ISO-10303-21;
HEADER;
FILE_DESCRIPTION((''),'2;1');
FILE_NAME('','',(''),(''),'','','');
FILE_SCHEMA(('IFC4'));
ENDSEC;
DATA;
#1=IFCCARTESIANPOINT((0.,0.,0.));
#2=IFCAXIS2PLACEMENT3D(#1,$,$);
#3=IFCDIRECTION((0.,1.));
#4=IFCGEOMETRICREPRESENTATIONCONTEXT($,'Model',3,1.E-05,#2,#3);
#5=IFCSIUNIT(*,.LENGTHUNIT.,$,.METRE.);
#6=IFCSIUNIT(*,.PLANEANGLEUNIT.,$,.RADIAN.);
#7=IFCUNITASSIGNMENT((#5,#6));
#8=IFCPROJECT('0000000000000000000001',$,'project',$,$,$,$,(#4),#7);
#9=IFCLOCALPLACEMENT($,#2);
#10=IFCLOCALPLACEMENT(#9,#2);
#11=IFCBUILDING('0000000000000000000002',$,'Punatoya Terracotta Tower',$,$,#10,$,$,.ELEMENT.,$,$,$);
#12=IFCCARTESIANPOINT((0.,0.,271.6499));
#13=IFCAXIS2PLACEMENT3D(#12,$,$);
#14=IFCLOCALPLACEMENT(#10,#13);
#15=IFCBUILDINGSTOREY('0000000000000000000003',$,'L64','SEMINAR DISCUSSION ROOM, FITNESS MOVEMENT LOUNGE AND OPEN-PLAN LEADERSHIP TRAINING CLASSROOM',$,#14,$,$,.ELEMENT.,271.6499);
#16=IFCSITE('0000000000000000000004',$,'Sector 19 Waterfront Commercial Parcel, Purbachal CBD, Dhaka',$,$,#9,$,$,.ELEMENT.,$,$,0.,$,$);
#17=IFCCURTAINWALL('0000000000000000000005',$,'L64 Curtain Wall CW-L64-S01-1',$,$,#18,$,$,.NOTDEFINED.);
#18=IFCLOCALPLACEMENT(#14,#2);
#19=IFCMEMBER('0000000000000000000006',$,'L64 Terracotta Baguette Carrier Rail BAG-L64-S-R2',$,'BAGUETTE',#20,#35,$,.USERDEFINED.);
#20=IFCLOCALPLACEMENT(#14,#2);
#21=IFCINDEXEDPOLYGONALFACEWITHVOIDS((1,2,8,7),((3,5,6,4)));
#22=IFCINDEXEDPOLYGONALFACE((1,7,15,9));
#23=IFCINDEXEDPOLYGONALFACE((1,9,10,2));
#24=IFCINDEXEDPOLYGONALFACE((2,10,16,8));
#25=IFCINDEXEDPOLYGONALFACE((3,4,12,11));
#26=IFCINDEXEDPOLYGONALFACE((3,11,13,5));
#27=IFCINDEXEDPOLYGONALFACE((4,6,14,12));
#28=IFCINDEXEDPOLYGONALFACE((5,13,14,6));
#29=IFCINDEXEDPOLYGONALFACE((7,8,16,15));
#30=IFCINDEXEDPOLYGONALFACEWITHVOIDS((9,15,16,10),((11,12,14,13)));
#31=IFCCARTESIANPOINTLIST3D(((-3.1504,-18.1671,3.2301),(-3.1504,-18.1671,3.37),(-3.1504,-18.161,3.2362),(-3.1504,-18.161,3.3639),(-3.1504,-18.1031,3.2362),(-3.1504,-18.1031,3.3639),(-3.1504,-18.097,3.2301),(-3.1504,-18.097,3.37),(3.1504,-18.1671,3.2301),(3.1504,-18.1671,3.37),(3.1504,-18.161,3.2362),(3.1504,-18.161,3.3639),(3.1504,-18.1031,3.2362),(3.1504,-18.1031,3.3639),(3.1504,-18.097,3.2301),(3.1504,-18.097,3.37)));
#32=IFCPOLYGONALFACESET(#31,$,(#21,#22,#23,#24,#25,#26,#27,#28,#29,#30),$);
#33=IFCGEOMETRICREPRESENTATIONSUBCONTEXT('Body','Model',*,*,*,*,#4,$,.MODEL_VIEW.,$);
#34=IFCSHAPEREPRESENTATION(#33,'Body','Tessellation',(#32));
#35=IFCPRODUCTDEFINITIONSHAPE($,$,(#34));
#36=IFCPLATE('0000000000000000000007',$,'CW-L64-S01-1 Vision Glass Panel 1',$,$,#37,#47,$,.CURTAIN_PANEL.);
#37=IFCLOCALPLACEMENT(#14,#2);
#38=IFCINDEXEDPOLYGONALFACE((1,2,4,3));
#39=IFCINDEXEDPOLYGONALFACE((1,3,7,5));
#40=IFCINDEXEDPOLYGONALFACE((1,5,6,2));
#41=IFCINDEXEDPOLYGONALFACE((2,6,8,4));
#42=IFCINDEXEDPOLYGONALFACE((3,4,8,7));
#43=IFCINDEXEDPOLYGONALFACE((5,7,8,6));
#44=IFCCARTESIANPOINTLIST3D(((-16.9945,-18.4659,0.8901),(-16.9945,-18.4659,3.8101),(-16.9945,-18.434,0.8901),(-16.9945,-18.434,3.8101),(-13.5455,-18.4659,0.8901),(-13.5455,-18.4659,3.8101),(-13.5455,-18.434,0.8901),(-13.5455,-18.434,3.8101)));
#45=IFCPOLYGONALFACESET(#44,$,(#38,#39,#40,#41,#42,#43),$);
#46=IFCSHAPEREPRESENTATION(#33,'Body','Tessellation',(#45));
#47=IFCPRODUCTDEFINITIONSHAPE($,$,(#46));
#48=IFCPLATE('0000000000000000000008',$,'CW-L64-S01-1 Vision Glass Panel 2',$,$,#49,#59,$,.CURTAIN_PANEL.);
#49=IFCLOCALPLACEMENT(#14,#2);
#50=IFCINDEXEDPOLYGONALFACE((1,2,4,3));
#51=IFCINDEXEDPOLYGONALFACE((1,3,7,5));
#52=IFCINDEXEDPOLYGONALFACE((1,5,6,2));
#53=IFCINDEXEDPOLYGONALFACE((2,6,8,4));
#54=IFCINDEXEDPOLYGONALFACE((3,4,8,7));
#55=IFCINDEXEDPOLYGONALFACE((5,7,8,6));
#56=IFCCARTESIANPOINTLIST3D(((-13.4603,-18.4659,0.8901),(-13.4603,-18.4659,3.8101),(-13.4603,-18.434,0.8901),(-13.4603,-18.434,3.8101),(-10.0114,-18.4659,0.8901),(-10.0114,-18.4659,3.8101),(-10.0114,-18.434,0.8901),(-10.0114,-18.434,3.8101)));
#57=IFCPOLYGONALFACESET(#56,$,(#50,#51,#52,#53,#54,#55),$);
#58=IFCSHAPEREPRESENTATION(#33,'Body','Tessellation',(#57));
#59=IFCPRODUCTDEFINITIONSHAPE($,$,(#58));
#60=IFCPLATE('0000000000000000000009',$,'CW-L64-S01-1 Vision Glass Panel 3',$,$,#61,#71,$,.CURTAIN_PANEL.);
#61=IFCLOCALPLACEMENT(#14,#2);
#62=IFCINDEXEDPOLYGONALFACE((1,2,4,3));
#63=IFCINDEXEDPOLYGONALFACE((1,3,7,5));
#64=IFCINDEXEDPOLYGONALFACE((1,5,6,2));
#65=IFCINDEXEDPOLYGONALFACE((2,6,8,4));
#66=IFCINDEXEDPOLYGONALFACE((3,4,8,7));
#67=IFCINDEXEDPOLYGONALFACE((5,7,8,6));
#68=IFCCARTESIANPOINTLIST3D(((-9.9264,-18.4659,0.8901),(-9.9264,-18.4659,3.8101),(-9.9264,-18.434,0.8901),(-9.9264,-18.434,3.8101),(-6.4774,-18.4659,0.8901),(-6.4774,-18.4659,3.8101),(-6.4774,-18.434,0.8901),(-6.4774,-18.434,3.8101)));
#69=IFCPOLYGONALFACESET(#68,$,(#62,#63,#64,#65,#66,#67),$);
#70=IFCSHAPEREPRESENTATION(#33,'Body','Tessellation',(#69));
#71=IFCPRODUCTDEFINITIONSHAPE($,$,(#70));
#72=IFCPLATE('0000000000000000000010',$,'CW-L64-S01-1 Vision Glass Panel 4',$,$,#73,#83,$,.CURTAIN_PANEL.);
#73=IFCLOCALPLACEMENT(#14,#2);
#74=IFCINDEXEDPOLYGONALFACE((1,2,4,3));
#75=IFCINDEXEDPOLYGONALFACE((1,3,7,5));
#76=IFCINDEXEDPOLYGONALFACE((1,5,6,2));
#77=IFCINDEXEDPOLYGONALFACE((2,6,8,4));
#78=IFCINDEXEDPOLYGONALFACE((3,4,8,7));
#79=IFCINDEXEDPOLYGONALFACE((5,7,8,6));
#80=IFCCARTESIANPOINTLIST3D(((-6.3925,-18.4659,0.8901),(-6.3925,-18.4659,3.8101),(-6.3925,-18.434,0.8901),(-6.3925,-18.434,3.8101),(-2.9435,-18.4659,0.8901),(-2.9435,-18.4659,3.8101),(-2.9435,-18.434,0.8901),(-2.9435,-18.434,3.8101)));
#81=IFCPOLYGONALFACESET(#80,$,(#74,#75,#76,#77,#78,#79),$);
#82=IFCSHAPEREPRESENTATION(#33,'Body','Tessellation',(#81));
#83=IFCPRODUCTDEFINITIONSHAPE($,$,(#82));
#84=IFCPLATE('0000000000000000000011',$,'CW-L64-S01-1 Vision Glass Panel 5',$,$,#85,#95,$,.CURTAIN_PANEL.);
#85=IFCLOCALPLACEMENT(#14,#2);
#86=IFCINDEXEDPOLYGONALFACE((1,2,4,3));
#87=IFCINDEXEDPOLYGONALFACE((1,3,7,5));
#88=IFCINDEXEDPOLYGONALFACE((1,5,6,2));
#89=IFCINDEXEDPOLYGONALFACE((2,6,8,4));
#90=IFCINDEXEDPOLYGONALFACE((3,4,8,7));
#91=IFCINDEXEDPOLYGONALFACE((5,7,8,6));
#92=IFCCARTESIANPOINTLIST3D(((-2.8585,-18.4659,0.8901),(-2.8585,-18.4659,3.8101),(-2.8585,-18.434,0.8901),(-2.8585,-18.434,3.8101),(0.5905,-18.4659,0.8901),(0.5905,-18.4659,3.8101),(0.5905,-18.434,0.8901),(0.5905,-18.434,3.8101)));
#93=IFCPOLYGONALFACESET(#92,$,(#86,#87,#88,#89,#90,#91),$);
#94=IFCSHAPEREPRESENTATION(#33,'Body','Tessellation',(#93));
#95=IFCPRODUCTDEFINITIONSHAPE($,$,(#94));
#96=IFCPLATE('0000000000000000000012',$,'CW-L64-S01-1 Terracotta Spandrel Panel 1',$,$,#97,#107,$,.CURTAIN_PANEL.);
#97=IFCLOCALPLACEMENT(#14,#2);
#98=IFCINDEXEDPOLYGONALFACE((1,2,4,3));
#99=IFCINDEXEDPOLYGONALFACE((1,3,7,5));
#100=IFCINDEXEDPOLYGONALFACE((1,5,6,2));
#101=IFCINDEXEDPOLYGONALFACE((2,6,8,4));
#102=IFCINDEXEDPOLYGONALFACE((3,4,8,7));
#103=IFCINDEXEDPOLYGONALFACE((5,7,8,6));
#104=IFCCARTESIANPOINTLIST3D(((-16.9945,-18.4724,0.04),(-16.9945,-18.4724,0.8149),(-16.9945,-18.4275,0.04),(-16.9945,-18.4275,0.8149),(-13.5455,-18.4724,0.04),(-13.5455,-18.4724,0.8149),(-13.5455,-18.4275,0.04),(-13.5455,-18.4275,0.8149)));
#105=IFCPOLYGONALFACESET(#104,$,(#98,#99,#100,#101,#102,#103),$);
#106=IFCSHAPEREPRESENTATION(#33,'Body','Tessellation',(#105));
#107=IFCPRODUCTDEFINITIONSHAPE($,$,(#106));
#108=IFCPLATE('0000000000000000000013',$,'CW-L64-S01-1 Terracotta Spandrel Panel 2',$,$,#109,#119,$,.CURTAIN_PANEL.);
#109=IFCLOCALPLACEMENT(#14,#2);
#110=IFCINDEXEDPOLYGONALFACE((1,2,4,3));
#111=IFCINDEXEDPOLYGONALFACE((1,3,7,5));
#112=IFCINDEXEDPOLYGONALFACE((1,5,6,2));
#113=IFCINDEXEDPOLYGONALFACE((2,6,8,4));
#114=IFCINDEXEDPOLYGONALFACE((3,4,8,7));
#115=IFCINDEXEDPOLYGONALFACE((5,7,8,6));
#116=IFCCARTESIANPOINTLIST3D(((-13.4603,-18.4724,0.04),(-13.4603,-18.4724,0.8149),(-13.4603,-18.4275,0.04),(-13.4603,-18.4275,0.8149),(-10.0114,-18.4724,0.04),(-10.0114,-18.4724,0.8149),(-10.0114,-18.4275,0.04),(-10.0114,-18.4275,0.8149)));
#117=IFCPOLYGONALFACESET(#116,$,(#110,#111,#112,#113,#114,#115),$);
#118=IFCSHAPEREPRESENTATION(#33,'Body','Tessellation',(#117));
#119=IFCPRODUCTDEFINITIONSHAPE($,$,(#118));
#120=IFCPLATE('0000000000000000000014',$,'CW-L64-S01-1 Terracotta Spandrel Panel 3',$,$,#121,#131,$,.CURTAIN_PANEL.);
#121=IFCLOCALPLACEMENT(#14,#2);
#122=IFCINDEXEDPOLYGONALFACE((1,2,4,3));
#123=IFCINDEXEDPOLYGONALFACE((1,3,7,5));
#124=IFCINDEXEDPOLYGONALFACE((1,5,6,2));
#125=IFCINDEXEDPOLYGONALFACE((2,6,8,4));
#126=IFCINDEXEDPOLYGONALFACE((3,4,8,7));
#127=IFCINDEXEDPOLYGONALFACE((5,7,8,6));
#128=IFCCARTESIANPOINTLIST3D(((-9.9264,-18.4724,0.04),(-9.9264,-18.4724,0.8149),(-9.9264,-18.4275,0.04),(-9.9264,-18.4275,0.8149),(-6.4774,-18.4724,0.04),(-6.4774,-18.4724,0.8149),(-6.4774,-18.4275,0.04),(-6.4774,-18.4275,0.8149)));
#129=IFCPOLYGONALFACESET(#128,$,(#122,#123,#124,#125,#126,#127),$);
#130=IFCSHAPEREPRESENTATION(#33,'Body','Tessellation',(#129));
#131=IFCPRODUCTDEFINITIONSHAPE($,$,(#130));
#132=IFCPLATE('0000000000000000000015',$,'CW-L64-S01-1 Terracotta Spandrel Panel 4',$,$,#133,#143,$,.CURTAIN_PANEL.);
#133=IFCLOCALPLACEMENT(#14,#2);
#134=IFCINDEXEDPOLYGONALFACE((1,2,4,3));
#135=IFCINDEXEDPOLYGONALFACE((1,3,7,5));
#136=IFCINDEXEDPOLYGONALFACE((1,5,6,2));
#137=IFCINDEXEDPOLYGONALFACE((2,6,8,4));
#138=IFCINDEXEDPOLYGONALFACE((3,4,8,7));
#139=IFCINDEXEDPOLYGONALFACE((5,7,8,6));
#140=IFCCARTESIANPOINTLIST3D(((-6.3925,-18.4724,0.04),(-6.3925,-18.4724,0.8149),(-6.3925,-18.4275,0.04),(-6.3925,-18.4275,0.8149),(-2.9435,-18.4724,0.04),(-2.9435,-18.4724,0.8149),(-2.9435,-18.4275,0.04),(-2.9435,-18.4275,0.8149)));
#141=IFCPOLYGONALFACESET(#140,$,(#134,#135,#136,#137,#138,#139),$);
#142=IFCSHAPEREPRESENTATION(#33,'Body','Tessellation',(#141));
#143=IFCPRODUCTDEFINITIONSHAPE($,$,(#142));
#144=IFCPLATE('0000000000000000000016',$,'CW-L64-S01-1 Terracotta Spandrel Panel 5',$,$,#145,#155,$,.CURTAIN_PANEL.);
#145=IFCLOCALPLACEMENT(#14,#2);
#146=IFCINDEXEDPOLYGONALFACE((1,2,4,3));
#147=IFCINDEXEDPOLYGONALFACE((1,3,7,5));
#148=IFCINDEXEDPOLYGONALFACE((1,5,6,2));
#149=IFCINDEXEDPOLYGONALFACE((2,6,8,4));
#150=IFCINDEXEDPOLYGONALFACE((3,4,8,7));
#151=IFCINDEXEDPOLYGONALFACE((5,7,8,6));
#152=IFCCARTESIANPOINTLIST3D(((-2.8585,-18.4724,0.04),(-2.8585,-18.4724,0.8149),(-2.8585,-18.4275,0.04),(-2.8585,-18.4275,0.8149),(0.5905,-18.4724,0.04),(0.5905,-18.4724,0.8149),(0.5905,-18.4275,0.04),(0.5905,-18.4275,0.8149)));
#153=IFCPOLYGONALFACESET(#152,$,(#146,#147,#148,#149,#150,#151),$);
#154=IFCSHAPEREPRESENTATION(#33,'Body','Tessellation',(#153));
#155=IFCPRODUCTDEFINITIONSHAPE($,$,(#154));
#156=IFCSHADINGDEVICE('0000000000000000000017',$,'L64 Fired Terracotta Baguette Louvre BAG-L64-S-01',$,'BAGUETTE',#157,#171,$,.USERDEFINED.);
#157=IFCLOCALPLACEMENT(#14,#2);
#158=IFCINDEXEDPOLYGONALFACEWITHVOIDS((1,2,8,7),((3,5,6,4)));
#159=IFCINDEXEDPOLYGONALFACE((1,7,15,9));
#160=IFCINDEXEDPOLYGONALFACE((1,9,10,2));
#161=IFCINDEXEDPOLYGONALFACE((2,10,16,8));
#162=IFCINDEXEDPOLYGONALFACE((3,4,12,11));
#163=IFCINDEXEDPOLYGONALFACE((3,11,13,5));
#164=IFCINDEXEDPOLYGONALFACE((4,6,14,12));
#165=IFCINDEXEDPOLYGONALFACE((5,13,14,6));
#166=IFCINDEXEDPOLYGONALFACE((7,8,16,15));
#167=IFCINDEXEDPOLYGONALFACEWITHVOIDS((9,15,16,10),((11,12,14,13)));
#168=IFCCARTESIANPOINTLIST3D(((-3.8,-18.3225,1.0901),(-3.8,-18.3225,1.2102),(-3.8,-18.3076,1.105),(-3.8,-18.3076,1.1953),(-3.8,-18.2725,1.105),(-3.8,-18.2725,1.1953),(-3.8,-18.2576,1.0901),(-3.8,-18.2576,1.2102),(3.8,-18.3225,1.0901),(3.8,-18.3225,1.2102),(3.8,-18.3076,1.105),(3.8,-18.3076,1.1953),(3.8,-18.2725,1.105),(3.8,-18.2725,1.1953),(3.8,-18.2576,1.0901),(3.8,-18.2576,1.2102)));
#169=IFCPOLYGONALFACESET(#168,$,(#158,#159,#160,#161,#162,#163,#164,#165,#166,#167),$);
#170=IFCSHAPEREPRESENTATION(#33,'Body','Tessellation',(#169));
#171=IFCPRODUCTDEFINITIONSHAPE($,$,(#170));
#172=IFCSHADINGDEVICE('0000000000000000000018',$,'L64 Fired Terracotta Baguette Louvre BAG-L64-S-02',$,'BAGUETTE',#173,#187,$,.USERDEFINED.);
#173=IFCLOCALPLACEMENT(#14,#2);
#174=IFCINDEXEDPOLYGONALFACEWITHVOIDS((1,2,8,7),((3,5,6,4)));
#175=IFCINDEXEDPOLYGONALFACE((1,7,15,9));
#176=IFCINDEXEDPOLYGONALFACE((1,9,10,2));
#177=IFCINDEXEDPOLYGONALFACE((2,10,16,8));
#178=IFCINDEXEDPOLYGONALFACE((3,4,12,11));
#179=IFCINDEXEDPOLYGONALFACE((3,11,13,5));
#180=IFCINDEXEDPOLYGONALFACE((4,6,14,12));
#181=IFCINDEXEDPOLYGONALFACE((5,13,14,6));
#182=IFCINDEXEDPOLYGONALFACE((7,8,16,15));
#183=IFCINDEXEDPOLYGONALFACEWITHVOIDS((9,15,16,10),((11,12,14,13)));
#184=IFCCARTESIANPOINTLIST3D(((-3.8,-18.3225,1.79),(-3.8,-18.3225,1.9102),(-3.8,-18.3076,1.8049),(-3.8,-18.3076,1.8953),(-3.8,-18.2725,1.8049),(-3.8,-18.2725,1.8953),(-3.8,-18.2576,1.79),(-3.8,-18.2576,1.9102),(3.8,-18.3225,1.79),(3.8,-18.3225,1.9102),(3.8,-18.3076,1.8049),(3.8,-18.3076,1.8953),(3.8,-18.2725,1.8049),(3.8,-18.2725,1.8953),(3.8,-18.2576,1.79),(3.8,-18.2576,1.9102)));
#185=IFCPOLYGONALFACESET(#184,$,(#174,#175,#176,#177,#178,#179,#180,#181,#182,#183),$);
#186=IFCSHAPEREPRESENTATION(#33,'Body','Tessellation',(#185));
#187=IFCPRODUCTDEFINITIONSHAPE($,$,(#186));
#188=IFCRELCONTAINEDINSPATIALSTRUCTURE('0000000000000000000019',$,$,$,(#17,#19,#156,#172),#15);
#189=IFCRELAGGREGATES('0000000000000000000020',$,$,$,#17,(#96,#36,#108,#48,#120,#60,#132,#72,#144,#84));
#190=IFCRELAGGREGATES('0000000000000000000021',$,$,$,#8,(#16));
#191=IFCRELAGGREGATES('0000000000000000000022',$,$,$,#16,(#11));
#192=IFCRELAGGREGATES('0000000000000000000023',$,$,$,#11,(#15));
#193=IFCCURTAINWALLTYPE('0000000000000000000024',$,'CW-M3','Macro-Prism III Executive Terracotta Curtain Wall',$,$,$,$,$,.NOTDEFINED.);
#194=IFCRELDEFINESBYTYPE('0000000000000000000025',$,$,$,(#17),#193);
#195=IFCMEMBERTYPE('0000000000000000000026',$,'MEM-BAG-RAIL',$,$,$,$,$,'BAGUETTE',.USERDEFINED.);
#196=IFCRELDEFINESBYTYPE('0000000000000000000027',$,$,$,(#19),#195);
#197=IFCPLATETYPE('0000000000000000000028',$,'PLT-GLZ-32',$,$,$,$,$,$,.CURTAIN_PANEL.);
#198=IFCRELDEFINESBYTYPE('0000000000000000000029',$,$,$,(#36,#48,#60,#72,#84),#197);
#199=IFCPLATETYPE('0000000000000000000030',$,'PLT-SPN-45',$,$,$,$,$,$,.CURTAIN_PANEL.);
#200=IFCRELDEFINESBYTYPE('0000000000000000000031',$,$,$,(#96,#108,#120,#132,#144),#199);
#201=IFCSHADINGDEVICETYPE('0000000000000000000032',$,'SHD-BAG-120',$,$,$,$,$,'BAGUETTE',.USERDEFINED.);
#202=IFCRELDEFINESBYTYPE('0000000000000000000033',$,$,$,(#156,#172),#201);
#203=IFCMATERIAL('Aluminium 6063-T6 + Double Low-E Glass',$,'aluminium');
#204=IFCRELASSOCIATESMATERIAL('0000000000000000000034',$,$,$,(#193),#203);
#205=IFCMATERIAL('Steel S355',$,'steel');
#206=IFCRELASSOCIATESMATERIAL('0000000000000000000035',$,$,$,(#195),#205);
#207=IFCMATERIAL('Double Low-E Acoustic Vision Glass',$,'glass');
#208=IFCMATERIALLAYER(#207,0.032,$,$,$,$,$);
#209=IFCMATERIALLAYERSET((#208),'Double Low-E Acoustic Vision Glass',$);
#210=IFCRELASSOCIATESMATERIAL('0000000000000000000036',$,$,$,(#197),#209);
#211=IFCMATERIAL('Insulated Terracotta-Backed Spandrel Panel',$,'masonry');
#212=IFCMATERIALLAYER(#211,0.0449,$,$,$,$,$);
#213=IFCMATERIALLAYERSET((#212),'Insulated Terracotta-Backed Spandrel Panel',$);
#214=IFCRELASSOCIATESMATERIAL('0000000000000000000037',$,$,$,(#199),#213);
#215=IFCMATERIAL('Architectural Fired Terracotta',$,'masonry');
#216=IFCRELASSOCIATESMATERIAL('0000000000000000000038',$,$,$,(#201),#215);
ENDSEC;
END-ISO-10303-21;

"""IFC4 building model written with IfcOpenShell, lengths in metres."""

from ifc_helpers import new_model, si_unit, direction, frame, origin, origin_2d, place, context, subcontext, project, spatial, rectangle, hollow_rectangle, extrude, material, layer, layer_set, material_profile, profile_set, type_object, element, aggregate, save


model = new_model("IFC4")

# Units and contexts
model_context = context("Model", 3, precision=1e-05, world=origin(), true_north=direction((0.0, 1.0)))
body_context = subcontext(model_context, "Body", "Model", "MODEL_VIEW")
ifc_project = project(units=[si_unit("LENGTHUNIT", "METRE"), si_unit("PLANEANGLEUNIT", "RADIAN")], contexts=[model_context])

# Site, building, storey
site_placement = place(None, origin())
site = spatial("IfcSite", under=ifc_project, at=site_placement, Name="Sector 19 Waterfront Commercial Parcel, Purbachal CBD, Dhaka", CompositionType="ELEMENT", RefElevation=0.0)
building_placement = place(site_placement, origin())
building = spatial("IfcBuilding", under=site, at=building_placement, Name="Punatoya Terracotta Tower", CompositionType="ELEMENT")
storey_placement = place(building_placement, frame((0.0, 0.0, 271.6499)))
storey = spatial("IfcBuildingStorey", under=building, at=storey_placement, Name="L64", Description="SEMINAR DISCUSSION ROOM, FITNESS MOVEMENT LOUNGE AND OPEN-PLAN LEADERSHIP TRAINING CLASSROOM", CompositionType="ELEMENT", Elevation=271.6499)

# Shared definitions
ifc_material_1 = material(Name="Steel S355", Category="steel")

# Curtain wall
ifc_material_2 = material(Name="Aluminium 6063-T6 + Double Low-E Glass", Category="aluminium")
curtain_wall_type = type_object("IfcCurtainWallType", Name="CW-M3", Description="Macro-Prism III Executive Terracotta Curtain Wall", PredefinedType="NOTDEFINED", material=ifc_material_2)
curtain_wall_placement = place(storey_placement, origin())
curtain_wall = element("IfcCurtainWall", 1, at=curtain_wall_placement, inside=storey, type_object=curtain_wall_type, Name="L64 Curtain Wall CW-L64-S01-1", PredefinedType="NOTDEFINED")

# Member
ifc_material_profile_1 = material_profile(ifc_material_1, hollow_rectangle(XDim=0.0701, YDim=0.1399, WallThickness=0.0061, at=origin_2d()))
ifc_profile_set_1 = profile_set([ifc_material_profile_1], Name="Steel S355")
member_type_1 = type_object("IfcMemberType", Name="MEM-BAG-RAIL", ElementType="BAGUETTE", PredefinedType="USERDEFINED", material=ifc_profile_set_1)
for number, where, z_axis, x_axis, name in (
    (2, (-3.1504, -18.1321, 3.3), (1.0, 0.0, 0.0), (0.0, 1.0, 0.0), "L64 Terracotta Baguette Carrier Rail BAG-L64-S-R2"),
):
    element("IfcMember", number, at=place(storey_placement, frame(where, z_axis=z_axis, x_axis=x_axis)), inside=storey, type_object=member_type_1, Name=name, ObjectType="BAGUETTE", PredefinedType="USERDEFINED", context=body_context, shape_type="SweptSolid", body=[
        extrude(hollow_rectangle(XDim=0.0701, YDim=0.1399, WallThickness=0.0061, at=origin_2d()), origin(), (0.0, 0.0, 1.0), 6.3008),
    ])

# Plates
ifc_material_3 = material(Name="Double Low-E Acoustic Vision Glass", Category="glass")
ifc_layer_1 = layer(ifc_material_3, 0.032)
ifc_layer_set_1 = layer_set([ifc_layer_1], Name="Double Low-E Acoustic Vision Glass")
plate_type_1 = type_object("IfcPlateType", Name="PLT-GLZ-32", PredefinedType="CURTAIN_PANEL", material=ifc_layer_set_1)
plate_1_placement = place(storey_placement, frame((-15.27, -18.45, 0.8901), z_axis=(0.0, 0.0, 1.0), x_axis=(1.0, 0.0, 0.0)))
plate_1 = element("IfcPlate", 3, at=plate_1_placement, type_object=plate_type_1, Name="CW-L64-S01-1 Vision Glass Panel 1", PredefinedType="CURTAIN_PANEL", context=body_context, shape_type="SweptSolid", body=[
    extrude(rectangle(XDim=3.449, YDim=0.032, at=origin_2d()), origin(), (0.0, 0.0, 1.0), 2.9199),
])
plate_2_placement = place(storey_placement, frame((-11.7358, -18.45, 0.8901), z_axis=(0.0, 0.0, 1.0), x_axis=(1.0, 0.0, 0.0)))
plate_2 = element("IfcPlate", 4, at=plate_2_placement, type_object=plate_type_1, Name="CW-L64-S01-1 Vision Glass Panel 2", PredefinedType="CURTAIN_PANEL", context=body_context, shape_type="SweptSolid", body=[
    extrude(rectangle(XDim=3.449, YDim=0.032, at=origin_2d()), origin(), (0.0, 0.0, 1.0), 2.9199),
])
plate_3_placement = place(storey_placement, frame((-8.2019, -18.45, 0.8901), z_axis=(0.0, 0.0, 1.0), x_axis=(1.0, 0.0, 0.0)))
plate_3 = element("IfcPlate", 5, at=plate_3_placement, type_object=plate_type_1, Name="CW-L64-S01-1 Vision Glass Panel 3", PredefinedType="CURTAIN_PANEL", context=body_context, shape_type="SweptSolid", body=[
    extrude(rectangle(XDim=3.449, YDim=0.032, at=origin_2d()), origin(), (0.0, 0.0, 1.0), 2.9199),
])
plate_4_placement = place(storey_placement, frame((-4.668, -18.45, 0.8901), z_axis=(0.0, 0.0, 1.0), x_axis=(1.0, 0.0, 0.0)))
plate_4 = element("IfcPlate", 6, at=plate_4_placement, type_object=plate_type_1, Name="CW-L64-S01-1 Vision Glass Panel 4", PredefinedType="CURTAIN_PANEL", context=body_context, shape_type="SweptSolid", body=[
    extrude(rectangle(XDim=3.449, YDim=0.032, at=origin_2d()), origin(), (0.0, 0.0, 1.0), 2.9199),
])
plate_5_placement = place(storey_placement, frame((-1.134, -18.45, 0.8901), z_axis=(0.0, 0.0, 1.0), x_axis=(1.0, 0.0, 0.0)))
plate_5 = element("IfcPlate", 7, at=plate_5_placement, type_object=plate_type_1, Name="CW-L64-S01-1 Vision Glass Panel 5", PredefinedType="CURTAIN_PANEL", context=body_context, shape_type="SweptSolid", body=[
    extrude(rectangle(XDim=3.449, YDim=0.032, at=origin_2d()), origin(), (0.0, 0.0, 1.0), 2.9199),
])
ifc_material_4 = material(Name="Insulated Terracotta-Backed Spandrel Panel", Category="masonry")
ifc_layer_2 = layer(ifc_material_4, 0.0449)
ifc_layer_set_2 = layer_set([ifc_layer_2], Name="Insulated Terracotta-Backed Spandrel Panel")
plate_type_2 = type_object("IfcPlateType", Name="PLT-SPN-45", PredefinedType="CURTAIN_PANEL", material=ifc_layer_set_2)
plate_6_placement = place(storey_placement, frame((-15.27, -18.45, 0.04), z_axis=(0.0, 0.0, 1.0), x_axis=(1.0, 0.0, 0.0)))
plate_6 = element("IfcPlate", 8, at=plate_6_placement, type_object=plate_type_2, Name="CW-L64-S01-1 Terracotta Spandrel Panel 1", PredefinedType="CURTAIN_PANEL", context=body_context, shape_type="SweptSolid", body=[
    extrude(rectangle(XDim=3.449, YDim=0.0449, at=origin_2d()), origin(), (0.0, 0.0, 1.0), 0.7749),
])
plate_7_placement = place(storey_placement, frame((-11.7358, -18.45, 0.04), z_axis=(0.0, 0.0, 1.0), x_axis=(1.0, 0.0, 0.0)))
plate_7 = element("IfcPlate", 9, at=plate_7_placement, type_object=plate_type_2, Name="CW-L64-S01-1 Terracotta Spandrel Panel 2", PredefinedType="CURTAIN_PANEL", context=body_context, shape_type="SweptSolid", body=[
    extrude(rectangle(XDim=3.449, YDim=0.0449, at=origin_2d()), origin(), (0.0, 0.0, 1.0), 0.7749),
])
plate_8_placement = place(storey_placement, frame((-8.2019, -18.45, 0.04), z_axis=(0.0, 0.0, 1.0), x_axis=(1.0, 0.0, 0.0)))
plate_8 = element("IfcPlate", 10, at=plate_8_placement, type_object=plate_type_2, Name="CW-L64-S01-1 Terracotta Spandrel Panel 3", PredefinedType="CURTAIN_PANEL", context=body_context, shape_type="SweptSolid", body=[
    extrude(rectangle(XDim=3.449, YDim=0.0449, at=origin_2d()), origin(), (0.0, 0.0, 1.0), 0.7749),
])
plate_9_placement = place(storey_placement, frame((-4.668, -18.45, 0.04), z_axis=(0.0, 0.0, 1.0), x_axis=(1.0, 0.0, 0.0)))
plate_9 = element("IfcPlate", 11, at=plate_9_placement, type_object=plate_type_2, Name="CW-L64-S01-1 Terracotta Spandrel Panel 4", PredefinedType="CURTAIN_PANEL", context=body_context, shape_type="SweptSolid", body=[
    extrude(rectangle(XDim=3.449, YDim=0.0449, at=origin_2d()), origin(), (0.0, 0.0, 1.0), 0.7749),
])
plate_10_placement = place(storey_placement, frame((-1.134, -18.45, 0.04), z_axis=(0.0, 0.0, 1.0), x_axis=(1.0, 0.0, 0.0)))
plate_10 = element("IfcPlate", 12, at=plate_10_placement, type_object=plate_type_2, Name="CW-L64-S01-1 Terracotta Spandrel Panel 5", PredefinedType="CURTAIN_PANEL", context=body_context, shape_type="SweptSolid", body=[
    extrude(rectangle(XDim=3.449, YDim=0.0449, at=origin_2d()), origin(), (0.0, 0.0, 1.0), 0.7749),
])
aggregate(curtain_wall, [plate_6, plate_1, plate_7, plate_2, plate_8, plate_3, plate_9, plate_4, plate_10, plate_5])

# Shading devices
ifc_material_5 = material(Name="Architectural Fired Terracotta", Category="masonry")
ifc_material_profile_2 = material_profile(ifc_material_5, hollow_rectangle(XDim=0.0649, YDim=0.1201, WallThickness=0.0149, at=origin_2d()))
ifc_profile_set_2 = profile_set([ifc_material_profile_2], Name="Architectural Fired Terracotta")
shading_device_type = type_object("IfcShadingDeviceType", Name="SHD-BAG-120", ElementType="BAGUETTE", PredefinedType="USERDEFINED", material=ifc_profile_set_2)
for number, where, z_axis, x_axis, name in (
    (13, (-3.8, -18.29, 1.1501), (1.0, 0.0, 0.0), (0.0, 1.0, 0.0), "L64 Fired Terracotta Baguette Louvre BAG-L64-S-01"),
    (14, (-3.8, -18.29, 1.8501), (1.0, 0.0, 0.0), (0.0, 1.0, 0.0), "L64 Fired Terracotta Baguette Louvre BAG-L64-S-02"),
):
    element("IfcShadingDevice", number, at=place(storey_placement, frame(where, z_axis=z_axis, x_axis=x_axis)), inside=storey, type_object=shading_device_type, Name=name, ObjectType="BAGUETTE", PredefinedType="USERDEFINED", context=body_context, shape_type="SweptSolid", body=[
        extrude(hollow_rectangle(XDim=0.0649, YDim=0.1201, WallThickness=0.0149, at=origin_2d()), origin(), (0.0, 0.0, 1.0), 7.6001),
    ])

save(model, "model.ifc")
